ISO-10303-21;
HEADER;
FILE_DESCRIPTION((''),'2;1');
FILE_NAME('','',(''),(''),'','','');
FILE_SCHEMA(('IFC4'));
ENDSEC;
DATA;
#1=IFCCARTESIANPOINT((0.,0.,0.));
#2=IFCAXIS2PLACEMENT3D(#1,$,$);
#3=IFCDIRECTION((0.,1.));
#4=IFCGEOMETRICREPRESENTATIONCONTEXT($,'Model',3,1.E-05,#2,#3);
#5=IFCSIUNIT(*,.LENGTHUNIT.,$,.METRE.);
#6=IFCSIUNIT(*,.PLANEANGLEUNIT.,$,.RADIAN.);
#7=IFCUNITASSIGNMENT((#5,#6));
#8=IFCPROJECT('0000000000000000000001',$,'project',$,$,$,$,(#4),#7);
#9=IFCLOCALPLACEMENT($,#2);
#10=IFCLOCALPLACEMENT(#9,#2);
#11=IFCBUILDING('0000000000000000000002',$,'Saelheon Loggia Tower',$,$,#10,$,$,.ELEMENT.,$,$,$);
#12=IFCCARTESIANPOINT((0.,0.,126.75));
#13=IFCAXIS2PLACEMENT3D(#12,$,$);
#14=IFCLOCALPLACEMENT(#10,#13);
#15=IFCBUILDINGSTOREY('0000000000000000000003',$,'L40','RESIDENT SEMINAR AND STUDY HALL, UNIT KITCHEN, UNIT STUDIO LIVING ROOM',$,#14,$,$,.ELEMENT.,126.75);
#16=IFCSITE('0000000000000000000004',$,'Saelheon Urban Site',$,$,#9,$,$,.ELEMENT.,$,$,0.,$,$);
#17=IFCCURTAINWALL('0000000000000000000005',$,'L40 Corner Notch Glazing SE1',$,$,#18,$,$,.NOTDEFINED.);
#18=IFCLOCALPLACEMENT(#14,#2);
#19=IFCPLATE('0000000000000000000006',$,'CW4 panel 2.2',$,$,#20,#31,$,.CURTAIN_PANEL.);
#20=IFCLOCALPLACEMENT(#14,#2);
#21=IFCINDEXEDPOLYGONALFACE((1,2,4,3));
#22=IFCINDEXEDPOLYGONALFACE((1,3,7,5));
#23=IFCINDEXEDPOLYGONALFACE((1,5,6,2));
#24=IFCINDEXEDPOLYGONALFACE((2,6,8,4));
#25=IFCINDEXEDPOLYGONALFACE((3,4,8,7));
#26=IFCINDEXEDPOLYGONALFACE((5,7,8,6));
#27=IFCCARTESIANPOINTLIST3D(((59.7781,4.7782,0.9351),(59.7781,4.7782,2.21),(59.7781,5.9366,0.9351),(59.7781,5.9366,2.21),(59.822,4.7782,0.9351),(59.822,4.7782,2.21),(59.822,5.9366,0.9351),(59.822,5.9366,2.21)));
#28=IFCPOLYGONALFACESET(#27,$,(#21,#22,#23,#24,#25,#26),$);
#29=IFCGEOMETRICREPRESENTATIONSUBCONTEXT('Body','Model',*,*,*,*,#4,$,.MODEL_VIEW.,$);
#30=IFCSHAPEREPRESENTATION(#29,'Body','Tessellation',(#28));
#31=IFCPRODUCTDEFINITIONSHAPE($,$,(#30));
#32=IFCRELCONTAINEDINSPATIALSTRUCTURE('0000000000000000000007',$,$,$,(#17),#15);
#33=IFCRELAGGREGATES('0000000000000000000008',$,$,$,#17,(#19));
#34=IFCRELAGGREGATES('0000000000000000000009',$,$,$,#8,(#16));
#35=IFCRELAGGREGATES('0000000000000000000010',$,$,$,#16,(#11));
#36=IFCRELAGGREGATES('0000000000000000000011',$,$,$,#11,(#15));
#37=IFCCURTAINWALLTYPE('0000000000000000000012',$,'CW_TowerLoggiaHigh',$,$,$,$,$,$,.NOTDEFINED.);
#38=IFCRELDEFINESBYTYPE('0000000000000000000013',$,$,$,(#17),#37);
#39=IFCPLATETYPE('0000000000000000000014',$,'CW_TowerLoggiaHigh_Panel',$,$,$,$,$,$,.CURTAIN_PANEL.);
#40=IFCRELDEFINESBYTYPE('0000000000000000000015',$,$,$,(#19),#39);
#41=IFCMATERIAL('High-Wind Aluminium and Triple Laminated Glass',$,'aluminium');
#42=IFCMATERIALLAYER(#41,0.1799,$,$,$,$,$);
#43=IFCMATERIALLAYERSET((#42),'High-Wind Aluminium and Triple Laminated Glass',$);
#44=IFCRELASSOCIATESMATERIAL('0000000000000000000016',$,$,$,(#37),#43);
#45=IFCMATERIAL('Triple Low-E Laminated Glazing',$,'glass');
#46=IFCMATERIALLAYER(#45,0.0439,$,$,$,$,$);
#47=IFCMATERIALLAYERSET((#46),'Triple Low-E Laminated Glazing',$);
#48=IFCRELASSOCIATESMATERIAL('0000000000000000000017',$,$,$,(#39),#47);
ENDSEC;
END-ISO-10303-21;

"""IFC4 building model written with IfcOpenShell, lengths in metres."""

from ifc_helpers import new_model, si_unit, direction, frame, origin, origin_2d, place, context, subcontext, project, spatial, rectangle, extrude, source, transform, mapped, material, layer, layer_set, type_object, element, aggregate, save


model = new_model("IFC4")

# Units and contexts
model_context = context("Model", 3, precision=1e-05, world=origin(), true_north=direction((0.0, 1.0)))
body_context = subcontext(model_context, "Body", "Model", "MODEL_VIEW")
ifc_project = project(units=[si_unit("LENGTHUNIT", "METRE"), si_unit("PLANEANGLEUNIT", "RADIAN")], contexts=[model_context])

# Site, building, storey
site_placement = place(None, origin())
site = spatial("IfcSite", under=ifc_project, at=site_placement, Name="Saelheon Urban Site", CompositionType="ELEMENT", RefElevation=0.0)
building_placement = place(site_placement, origin())
building = spatial("IfcBuilding", under=site, at=building_placement, Name="Saelheon Loggia Tower", CompositionType="ELEMENT")
storey_placement = place(building_placement, frame((0.0, 0.0, 126.75)))
storey = spatial("IfcBuildingStorey", under=building, at=storey_placement, Name="L40", Description="RESIDENT SEMINAR AND STUDY HALL, UNIT KITCHEN, UNIT STUDIO LIVING ROOM", CompositionType="ELEMENT", Elevation=126.75)

# Curtain wall
ifc_material_1 = material(Name="High-Wind Aluminium and Triple Laminated Glass", Category="aluminium")
ifc_layer_1 = layer(ifc_material_1, 0.1799)
ifc_layer_set_1 = layer_set([ifc_layer_1], Name="High-Wind Aluminium and Triple Laminated Glass")
curtain_wall_type = type_object("IfcCurtainWallType", Name="CW_TowerLoggiaHigh", PredefinedType="NOTDEFINED", material=ifc_layer_set_1)
curtain_wall_1_placement = place(storey_placement, origin())
curtain_wall_1 = element("IfcCurtainWall", 1, at=curtain_wall_1_placement, inside=storey, type_object=curtain_wall_type, Name="L40 Corner Notch Glazing SE1", PredefinedType="NOTDEFINED")

# Plate
ifc_material_2 = material(Name="Triple Low-E Laminated Glazing", Category="glass")
ifc_layer_2 = layer(ifc_material_2, 0.0439)
ifc_layer_set_2 = layer_set([ifc_layer_2], Name="Triple Low-E Laminated Glazing")
plate_type = type_object("IfcPlateType", Name="CW_TowerLoggiaHigh_Panel", PredefinedType="CURTAIN_PANEL", material=ifc_layer_set_2)
shared_shape_1 = source(origin(), body_context, "Body", "SweptSolid", [
    extrude(rectangle(XDim=1.1584, YDim=0.0439, at=origin_2d()), origin(), (0.0, 0.0, 1.0), 1.2749),
])
plate_1_placement = place(storey_placement, frame((59.8, 5.3574, 0.9351), z_axis=(0.0, 0.0, 1.0), x_axis=(0.0, 1.0, 0.0)))
plate_1 = element("IfcPlate", 2, at=plate_1_placement, type_object=plate_type, Name="CW4 panel 2.2", PredefinedType="CURTAIN_PANEL", context=body_context, shape_type="MappedRepresentation", body=[
    mapped(shared_shape_1, transform((0.0, 0.0, 0.0), scale=1.0)),
])
aggregate(curtain_wall_1, [plate_1])

save(model, "model.ifc")
